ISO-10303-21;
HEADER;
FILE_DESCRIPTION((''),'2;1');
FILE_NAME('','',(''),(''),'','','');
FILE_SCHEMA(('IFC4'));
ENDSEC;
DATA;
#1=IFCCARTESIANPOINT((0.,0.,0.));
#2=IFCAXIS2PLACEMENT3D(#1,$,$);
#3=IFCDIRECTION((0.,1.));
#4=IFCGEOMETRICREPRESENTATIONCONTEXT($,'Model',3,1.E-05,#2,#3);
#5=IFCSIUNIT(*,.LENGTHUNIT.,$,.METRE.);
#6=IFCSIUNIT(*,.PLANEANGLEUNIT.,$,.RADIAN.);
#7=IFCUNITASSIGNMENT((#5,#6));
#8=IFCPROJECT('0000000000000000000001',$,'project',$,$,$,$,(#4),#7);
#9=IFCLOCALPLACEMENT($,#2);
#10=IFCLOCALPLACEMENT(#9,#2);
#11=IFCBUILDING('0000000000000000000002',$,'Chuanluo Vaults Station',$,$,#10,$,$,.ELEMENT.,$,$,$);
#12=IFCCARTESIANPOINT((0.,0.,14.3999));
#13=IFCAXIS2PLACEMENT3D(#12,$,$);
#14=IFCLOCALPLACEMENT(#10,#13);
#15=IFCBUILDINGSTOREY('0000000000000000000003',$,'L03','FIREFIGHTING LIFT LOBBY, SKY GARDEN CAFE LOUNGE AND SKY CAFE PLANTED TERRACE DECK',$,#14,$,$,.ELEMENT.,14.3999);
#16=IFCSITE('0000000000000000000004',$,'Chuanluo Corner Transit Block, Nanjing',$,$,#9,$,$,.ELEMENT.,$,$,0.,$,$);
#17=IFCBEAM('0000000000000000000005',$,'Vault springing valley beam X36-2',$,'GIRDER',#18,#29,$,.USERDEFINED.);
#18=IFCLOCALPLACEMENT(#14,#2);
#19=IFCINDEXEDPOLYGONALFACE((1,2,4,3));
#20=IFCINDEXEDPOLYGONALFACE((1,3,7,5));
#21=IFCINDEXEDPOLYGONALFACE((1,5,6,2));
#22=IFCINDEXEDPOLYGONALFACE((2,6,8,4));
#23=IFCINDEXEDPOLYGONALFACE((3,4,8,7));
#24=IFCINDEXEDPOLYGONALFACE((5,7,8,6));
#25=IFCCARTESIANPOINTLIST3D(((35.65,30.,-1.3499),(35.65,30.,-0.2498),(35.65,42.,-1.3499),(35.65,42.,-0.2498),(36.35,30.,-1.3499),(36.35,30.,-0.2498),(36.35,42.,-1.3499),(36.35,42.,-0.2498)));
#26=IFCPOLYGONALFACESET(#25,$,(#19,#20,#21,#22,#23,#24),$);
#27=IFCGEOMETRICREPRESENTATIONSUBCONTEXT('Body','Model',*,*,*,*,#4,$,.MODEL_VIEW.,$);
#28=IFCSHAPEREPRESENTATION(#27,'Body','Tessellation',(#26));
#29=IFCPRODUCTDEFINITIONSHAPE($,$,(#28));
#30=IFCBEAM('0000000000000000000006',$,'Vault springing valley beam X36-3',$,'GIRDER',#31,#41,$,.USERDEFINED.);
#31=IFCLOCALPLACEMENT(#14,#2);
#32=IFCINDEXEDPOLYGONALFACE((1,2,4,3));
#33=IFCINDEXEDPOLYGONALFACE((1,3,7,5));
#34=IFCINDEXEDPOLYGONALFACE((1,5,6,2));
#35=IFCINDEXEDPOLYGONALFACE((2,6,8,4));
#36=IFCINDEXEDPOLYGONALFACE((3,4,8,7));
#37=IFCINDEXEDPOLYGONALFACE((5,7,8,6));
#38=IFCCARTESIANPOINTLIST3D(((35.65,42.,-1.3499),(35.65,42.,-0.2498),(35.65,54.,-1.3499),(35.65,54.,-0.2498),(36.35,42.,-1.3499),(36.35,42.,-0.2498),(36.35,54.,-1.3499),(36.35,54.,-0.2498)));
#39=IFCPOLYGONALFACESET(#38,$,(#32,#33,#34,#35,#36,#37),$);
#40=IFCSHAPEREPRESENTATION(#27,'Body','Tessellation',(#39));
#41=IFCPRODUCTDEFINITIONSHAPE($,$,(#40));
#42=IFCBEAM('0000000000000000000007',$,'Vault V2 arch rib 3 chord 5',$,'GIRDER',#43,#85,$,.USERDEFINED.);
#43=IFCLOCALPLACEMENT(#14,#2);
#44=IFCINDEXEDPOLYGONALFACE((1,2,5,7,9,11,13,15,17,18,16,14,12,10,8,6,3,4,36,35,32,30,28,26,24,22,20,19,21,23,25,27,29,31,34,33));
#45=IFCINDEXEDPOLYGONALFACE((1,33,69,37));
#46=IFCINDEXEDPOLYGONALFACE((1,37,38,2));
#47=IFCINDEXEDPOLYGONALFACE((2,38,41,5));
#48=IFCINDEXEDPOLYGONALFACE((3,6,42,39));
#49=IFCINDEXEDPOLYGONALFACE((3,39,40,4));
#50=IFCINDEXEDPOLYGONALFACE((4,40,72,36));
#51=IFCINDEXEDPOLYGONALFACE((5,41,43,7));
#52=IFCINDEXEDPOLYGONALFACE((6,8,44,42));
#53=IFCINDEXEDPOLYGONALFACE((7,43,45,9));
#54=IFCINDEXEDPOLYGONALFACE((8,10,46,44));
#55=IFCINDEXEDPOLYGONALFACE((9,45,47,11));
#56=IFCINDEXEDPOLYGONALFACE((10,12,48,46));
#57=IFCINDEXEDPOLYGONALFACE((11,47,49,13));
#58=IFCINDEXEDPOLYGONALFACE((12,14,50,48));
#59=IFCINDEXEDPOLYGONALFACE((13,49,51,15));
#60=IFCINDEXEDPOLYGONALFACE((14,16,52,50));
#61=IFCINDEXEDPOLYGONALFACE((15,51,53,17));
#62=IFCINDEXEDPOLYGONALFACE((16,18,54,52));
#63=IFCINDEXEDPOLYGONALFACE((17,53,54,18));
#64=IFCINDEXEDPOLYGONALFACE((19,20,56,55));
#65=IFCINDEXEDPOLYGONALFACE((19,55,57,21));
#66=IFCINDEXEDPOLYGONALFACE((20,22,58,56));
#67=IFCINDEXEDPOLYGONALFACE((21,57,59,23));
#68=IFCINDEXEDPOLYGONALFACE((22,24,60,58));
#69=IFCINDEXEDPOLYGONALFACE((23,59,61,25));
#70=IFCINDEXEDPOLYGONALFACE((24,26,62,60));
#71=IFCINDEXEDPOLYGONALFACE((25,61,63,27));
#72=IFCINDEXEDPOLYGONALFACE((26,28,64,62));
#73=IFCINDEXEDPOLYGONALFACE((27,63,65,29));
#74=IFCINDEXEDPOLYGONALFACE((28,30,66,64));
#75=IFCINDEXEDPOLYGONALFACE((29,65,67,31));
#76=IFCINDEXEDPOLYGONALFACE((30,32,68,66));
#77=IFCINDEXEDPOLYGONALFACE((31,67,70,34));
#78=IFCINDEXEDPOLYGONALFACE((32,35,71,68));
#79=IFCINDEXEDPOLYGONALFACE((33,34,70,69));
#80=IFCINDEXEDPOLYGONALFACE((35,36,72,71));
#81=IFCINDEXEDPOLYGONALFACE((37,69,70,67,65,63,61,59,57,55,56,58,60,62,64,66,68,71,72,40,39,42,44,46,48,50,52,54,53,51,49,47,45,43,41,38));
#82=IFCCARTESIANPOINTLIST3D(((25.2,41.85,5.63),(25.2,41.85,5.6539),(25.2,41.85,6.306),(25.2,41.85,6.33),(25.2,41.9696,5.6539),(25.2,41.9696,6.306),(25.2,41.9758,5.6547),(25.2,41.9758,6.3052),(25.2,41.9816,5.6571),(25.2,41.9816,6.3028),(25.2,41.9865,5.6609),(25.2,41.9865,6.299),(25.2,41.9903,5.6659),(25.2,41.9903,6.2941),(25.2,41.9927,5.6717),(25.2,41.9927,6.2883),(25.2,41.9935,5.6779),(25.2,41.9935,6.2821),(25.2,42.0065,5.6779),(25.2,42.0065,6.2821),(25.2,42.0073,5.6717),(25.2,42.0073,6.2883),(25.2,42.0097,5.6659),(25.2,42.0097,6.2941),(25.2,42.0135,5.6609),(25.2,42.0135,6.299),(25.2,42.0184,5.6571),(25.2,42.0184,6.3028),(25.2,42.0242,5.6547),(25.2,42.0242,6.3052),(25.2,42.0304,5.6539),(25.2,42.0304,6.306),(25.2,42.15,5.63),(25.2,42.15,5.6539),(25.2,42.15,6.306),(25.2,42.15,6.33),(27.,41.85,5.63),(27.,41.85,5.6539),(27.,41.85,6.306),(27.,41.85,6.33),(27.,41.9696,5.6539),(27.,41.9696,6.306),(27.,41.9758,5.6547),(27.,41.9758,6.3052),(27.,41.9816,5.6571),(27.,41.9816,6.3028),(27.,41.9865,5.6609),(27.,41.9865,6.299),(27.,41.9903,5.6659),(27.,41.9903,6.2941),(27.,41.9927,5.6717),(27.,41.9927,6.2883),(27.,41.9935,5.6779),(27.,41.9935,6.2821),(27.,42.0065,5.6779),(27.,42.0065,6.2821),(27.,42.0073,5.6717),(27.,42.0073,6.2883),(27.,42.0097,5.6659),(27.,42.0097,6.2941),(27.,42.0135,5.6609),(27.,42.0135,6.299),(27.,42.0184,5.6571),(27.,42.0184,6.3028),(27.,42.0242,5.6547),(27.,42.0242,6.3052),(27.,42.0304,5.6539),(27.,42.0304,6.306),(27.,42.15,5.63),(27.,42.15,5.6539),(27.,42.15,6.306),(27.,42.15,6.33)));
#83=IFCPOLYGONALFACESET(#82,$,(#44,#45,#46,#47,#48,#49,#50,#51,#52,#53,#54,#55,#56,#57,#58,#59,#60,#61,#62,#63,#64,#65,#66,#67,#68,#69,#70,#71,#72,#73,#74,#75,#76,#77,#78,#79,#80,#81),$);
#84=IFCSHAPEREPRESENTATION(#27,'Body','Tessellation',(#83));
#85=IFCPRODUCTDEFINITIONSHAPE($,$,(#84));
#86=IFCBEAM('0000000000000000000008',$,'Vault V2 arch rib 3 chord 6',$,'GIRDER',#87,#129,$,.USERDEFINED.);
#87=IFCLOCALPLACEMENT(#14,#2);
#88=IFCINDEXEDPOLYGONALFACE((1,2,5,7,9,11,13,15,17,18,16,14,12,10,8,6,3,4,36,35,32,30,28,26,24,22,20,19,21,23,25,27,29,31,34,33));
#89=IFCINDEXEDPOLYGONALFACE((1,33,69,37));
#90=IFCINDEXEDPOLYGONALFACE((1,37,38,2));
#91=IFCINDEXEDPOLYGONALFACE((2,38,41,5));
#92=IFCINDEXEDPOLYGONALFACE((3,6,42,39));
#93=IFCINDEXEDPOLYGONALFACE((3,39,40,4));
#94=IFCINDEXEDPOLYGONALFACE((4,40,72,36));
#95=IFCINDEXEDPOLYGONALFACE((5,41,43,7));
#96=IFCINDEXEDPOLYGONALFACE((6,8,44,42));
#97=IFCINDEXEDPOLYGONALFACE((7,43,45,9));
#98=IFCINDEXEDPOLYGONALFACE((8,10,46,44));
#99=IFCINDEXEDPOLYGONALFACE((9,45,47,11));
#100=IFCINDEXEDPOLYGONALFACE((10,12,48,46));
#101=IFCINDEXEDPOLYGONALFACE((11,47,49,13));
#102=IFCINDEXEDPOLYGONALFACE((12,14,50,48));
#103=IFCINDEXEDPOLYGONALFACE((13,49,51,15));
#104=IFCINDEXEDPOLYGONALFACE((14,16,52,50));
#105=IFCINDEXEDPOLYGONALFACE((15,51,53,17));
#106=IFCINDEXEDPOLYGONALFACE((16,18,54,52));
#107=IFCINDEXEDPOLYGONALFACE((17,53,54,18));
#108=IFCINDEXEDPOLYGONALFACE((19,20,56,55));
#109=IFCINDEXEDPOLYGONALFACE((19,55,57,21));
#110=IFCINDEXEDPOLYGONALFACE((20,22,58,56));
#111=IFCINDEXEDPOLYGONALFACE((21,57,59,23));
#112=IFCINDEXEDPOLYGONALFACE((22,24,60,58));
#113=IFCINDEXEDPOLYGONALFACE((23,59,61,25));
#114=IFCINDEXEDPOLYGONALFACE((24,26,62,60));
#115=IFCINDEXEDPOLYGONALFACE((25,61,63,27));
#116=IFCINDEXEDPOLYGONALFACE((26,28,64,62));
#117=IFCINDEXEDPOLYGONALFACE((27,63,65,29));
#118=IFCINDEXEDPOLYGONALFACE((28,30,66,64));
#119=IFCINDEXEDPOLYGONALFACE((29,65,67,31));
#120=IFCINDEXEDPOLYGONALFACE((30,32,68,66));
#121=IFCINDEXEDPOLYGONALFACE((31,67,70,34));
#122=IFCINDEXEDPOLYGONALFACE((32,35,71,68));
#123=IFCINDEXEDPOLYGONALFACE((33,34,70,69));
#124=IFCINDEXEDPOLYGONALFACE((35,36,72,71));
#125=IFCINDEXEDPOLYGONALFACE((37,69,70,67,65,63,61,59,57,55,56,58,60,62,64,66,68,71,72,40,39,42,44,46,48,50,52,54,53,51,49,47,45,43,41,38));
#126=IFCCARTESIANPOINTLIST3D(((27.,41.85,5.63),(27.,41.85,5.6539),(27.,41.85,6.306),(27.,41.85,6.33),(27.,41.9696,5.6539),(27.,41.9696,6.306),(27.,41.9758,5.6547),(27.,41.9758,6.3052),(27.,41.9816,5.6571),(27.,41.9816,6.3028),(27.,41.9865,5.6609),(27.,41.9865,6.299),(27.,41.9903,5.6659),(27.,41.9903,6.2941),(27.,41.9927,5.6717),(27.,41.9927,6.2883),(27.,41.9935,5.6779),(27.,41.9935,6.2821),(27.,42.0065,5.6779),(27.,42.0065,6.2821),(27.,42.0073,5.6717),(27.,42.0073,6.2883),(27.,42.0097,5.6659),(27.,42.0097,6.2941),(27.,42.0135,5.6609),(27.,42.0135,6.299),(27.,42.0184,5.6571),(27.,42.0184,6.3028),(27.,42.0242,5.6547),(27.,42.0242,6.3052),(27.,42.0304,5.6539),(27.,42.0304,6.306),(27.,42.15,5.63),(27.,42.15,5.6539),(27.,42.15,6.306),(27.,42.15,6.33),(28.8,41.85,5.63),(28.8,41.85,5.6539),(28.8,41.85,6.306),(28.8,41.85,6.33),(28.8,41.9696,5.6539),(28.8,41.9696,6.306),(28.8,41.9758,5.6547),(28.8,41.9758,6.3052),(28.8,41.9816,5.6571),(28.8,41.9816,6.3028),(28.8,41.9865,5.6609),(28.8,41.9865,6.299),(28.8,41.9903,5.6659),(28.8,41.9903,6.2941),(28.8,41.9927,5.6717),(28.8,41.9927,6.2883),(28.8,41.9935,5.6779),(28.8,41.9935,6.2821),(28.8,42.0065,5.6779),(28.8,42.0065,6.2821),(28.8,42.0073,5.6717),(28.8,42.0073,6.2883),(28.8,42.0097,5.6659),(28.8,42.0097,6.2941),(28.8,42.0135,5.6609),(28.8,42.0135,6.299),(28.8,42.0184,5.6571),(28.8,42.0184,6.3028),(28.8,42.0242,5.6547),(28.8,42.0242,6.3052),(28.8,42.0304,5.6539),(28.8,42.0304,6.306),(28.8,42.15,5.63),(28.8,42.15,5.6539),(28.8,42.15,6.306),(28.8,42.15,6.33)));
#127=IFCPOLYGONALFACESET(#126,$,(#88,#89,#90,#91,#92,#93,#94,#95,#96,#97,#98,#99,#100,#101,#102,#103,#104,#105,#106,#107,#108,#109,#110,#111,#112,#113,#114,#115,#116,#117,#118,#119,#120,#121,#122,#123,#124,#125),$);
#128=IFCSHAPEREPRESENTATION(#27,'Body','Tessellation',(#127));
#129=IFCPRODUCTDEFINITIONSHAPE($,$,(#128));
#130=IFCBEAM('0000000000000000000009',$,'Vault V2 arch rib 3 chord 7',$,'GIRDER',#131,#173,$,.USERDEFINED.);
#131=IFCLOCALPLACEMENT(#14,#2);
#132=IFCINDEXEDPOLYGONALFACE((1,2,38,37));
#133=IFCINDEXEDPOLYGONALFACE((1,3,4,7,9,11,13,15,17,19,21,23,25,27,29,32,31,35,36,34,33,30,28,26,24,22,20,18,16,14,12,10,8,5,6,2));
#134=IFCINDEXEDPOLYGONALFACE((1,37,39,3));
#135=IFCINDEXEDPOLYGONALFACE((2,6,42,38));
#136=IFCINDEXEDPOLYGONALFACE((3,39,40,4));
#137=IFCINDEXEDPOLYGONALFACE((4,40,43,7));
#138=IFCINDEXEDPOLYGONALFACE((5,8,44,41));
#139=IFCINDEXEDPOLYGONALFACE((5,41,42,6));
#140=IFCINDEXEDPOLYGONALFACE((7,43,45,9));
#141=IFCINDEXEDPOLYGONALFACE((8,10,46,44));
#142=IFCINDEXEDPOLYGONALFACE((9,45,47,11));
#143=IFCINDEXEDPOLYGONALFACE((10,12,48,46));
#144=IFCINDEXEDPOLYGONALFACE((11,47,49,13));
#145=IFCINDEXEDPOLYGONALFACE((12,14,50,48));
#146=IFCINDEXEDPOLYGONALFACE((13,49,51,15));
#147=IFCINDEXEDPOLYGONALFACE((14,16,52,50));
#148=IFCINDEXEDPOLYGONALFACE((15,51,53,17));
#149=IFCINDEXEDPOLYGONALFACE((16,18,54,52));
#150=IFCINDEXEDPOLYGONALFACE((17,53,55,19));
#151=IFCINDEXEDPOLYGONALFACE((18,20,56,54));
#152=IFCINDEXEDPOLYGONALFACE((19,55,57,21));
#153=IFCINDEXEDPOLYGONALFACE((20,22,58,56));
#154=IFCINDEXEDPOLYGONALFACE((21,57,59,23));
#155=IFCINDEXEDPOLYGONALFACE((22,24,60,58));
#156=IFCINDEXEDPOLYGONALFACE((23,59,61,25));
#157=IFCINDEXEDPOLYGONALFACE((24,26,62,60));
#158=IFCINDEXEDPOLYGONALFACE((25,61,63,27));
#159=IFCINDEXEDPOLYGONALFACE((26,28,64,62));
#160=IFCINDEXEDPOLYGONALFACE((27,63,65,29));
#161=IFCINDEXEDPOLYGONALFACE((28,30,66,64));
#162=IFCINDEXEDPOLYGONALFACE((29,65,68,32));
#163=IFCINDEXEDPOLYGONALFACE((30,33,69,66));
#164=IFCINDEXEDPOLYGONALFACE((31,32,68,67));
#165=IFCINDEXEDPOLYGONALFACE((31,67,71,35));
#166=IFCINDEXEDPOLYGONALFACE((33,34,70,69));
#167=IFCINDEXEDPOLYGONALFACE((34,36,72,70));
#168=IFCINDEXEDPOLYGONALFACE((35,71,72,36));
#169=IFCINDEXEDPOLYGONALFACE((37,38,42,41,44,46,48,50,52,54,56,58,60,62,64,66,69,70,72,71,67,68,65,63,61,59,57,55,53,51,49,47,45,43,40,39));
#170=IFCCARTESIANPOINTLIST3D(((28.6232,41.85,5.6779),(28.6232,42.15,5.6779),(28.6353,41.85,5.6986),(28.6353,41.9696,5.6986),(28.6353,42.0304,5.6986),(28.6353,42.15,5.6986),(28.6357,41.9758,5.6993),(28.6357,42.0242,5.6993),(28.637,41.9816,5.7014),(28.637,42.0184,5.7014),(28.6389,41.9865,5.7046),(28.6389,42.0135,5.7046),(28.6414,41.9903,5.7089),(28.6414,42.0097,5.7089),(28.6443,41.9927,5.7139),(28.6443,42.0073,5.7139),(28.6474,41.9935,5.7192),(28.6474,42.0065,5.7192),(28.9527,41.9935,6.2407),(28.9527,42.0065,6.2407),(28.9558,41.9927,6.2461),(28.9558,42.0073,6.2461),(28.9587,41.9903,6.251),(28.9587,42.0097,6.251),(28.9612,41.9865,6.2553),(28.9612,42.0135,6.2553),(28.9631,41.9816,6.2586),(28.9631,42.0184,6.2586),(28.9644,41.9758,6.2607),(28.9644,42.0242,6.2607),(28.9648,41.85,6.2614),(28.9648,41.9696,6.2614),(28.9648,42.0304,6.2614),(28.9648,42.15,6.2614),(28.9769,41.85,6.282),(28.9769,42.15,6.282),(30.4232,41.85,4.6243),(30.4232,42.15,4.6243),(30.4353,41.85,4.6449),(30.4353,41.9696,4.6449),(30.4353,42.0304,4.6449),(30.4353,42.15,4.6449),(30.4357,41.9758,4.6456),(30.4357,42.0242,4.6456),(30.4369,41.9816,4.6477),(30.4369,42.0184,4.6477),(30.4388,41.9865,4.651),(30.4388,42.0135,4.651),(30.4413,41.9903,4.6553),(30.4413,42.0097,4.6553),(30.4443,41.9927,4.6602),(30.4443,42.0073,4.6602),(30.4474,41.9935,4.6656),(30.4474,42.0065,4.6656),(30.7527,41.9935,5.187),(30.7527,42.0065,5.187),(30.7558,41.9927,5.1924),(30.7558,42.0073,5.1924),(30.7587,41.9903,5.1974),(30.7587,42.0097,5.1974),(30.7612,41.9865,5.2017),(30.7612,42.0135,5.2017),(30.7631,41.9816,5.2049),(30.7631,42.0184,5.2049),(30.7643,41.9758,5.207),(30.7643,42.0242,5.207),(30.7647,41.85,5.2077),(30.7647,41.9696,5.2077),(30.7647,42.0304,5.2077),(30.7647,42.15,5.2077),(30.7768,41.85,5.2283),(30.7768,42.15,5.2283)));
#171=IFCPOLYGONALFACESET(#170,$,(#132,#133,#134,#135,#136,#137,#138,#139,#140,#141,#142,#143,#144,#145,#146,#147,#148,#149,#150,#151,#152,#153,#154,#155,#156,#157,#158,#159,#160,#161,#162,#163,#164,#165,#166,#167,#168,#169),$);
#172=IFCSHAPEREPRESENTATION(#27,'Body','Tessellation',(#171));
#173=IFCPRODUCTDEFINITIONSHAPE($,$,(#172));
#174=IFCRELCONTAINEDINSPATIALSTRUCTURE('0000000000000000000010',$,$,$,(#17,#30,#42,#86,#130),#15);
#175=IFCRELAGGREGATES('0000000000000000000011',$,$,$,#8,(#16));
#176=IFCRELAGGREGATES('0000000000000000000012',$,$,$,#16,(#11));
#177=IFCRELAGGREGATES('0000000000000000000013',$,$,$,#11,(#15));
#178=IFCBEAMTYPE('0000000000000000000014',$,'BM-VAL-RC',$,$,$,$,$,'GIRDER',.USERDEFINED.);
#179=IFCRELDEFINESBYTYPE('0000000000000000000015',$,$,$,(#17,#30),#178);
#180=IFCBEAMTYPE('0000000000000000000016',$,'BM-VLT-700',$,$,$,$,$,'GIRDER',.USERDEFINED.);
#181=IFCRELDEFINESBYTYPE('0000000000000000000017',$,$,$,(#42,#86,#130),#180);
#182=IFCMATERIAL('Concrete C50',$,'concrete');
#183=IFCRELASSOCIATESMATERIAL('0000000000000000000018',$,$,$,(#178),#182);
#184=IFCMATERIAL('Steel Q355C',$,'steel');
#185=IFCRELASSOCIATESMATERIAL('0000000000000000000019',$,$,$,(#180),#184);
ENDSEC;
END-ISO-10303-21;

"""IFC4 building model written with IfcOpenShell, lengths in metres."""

from ifc_helpers import new_model, si_unit, direction, frame, origin, origin_2d, place, context, subcontext, project, spatial, rectangle, i_section, extrude, material, material_profile, profile_set, type_object, element, save


model = new_model("IFC4")

# Units and contexts
model_context = context("Model", 3, precision=1e-05, world=origin(), true_north=direction((0.0, 1.0)))
body_context = subcontext(model_context, "Body", "Model", "MODEL_VIEW")
ifc_project = project(units=[si_unit("LENGTHUNIT", "METRE"), si_unit("PLANEANGLEUNIT", "RADIAN")], contexts=[model_context])

# Site, building, storey
site_placement = place(None, origin())
site = spatial("IfcSite", under=ifc_project, at=site_placement, Name="Chuanluo Corner Transit Block, Nanjing", CompositionType="ELEMENT", RefElevation=0.0)
building_placement = place(site_placement, origin())
building = spatial("IfcBuilding", under=site, at=building_placement, Name="Chuanluo Vaults Station", CompositionType="ELEMENT")
storey_placement = place(building_placement, frame((0.0, 0.0, 14.3999)))
storey = spatial("IfcBuildingStorey", under=building, at=storey_placement, Name="L03", Description="FIREFIGHTING LIFT LOBBY, SKY GARDEN CAFE LOUNGE AND SKY CAFE PLANTED TERRACE DECK", CompositionType="ELEMENT", Elevation=14.3999)

# Beams
ifc_material_1 = material(Name="Concrete C50", Category="concrete")
ifc_material_profile_1 = material_profile(ifc_material_1, rectangle(XDim=0.7, YDim=1.1001, at=origin_2d()))
ifc_profile_set_1 = profile_set([ifc_material_profile_1], Name="Concrete C50")
beam_type_1 = type_object("IfcBeamType", Name="BM-VAL-RC", ElementType="GIRDER", PredefinedType="USERDEFINED", material=ifc_profile_set_1)
for number, where, z_axis, x_axis, name in (
    (1, (36.0, 30.0, -0.7998), (0.0, 1.0, 0.0), (-1.0, 0.0, 0.0), "Vault springing valley beam X36-2"),
    (2, (36.0, 42.0, -0.7998), (0.0, 1.0, 0.0), (-1.0, 0.0, 0.0), "Vault springing valley beam X36-3"),
):
    element("IfcBeam", number, at=place(storey_placement, frame(where, z_axis=z_axis, x_axis=x_axis)), inside=storey, type_object=beam_type_1, Name=name, ObjectType="GIRDER", PredefinedType="USERDEFINED", context=body_context, shape_type="SweptSolid", body=[
        extrude(rectangle(XDim=0.7, YDim=1.1001, at=origin_2d()), origin(), (0.0, 0.0, 1.0), 12.0),
    ])
ifc_material_2 = material(Name="Steel Q355C", Category="steel")
ifc_material_profile_2 = material_profile(ifc_material_2, i_section(OverallWidth=0.3, OverallDepth=0.7, WebThickness=0.0129, FlangeThickness=0.0239, FilletRadius=0.0239, at=origin_2d()))
ifc_profile_set_2 = profile_set([ifc_material_profile_2], Name="Steel Q355C")
beam_type_2 = type_object("IfcBeamType", Name="BM-VLT-700", ElementType="GIRDER", PredefinedType="USERDEFINED", material=ifc_profile_set_2)
for number, where, z_axis, x_axis, name in (
    (3, (25.2, 42.0, 5.98), (1.0, 0.0, 0.0), (0.0, 1.0, 0.0), "Vault V2 arch rib 3 chord 5"),
    (4, (27.0, 42.0, 5.98), (1.0, 0.0, 0.0), (0.0, 1.0, 0.0), "Vault V2 arch rib 3 chord 6"),
):
    element("IfcBeam", number, at=place(storey_placement, frame(where, z_axis=z_axis, x_axis=x_axis)), inside=storey, type_object=beam_type_2, Name=name, ObjectType="GIRDER", PredefinedType="USERDEFINED", context=body_context, shape_type="SweptSolid", body=[
        extrude(i_section(OverallWidth=0.3, OverallDepth=0.7, WebThickness=0.0129, FlangeThickness=0.0239, FilletRadius=0.0239, at=origin_2d()), origin(), (0.0, 0.0, 1.0), 1.8),
    ])
beam_1_placement = place(storey_placement, frame((28.8, 42.0, 5.98), z_axis=(0.863009, 0.0, -0.505188), x_axis=(0.0, 1.0, 0.0)))
element("IfcBeam", 5, at=beam_1_placement, inside=storey, type_object=beam_type_2, Name="Vault V2 arch rib 3 chord 7", ObjectType="GIRDER", PredefinedType="USERDEFINED", context=body_context, shape_type="SweptSolid", body=[
    extrude(i_section(OverallWidth=0.3, OverallDepth=0.7, WebThickness=0.0129, FlangeThickness=0.0239, FilletRadius=0.0239, at=origin_2d()), origin(), (0.0, 0.0, 1.0), 2.0857),
])

save(model, "model.ifc")
